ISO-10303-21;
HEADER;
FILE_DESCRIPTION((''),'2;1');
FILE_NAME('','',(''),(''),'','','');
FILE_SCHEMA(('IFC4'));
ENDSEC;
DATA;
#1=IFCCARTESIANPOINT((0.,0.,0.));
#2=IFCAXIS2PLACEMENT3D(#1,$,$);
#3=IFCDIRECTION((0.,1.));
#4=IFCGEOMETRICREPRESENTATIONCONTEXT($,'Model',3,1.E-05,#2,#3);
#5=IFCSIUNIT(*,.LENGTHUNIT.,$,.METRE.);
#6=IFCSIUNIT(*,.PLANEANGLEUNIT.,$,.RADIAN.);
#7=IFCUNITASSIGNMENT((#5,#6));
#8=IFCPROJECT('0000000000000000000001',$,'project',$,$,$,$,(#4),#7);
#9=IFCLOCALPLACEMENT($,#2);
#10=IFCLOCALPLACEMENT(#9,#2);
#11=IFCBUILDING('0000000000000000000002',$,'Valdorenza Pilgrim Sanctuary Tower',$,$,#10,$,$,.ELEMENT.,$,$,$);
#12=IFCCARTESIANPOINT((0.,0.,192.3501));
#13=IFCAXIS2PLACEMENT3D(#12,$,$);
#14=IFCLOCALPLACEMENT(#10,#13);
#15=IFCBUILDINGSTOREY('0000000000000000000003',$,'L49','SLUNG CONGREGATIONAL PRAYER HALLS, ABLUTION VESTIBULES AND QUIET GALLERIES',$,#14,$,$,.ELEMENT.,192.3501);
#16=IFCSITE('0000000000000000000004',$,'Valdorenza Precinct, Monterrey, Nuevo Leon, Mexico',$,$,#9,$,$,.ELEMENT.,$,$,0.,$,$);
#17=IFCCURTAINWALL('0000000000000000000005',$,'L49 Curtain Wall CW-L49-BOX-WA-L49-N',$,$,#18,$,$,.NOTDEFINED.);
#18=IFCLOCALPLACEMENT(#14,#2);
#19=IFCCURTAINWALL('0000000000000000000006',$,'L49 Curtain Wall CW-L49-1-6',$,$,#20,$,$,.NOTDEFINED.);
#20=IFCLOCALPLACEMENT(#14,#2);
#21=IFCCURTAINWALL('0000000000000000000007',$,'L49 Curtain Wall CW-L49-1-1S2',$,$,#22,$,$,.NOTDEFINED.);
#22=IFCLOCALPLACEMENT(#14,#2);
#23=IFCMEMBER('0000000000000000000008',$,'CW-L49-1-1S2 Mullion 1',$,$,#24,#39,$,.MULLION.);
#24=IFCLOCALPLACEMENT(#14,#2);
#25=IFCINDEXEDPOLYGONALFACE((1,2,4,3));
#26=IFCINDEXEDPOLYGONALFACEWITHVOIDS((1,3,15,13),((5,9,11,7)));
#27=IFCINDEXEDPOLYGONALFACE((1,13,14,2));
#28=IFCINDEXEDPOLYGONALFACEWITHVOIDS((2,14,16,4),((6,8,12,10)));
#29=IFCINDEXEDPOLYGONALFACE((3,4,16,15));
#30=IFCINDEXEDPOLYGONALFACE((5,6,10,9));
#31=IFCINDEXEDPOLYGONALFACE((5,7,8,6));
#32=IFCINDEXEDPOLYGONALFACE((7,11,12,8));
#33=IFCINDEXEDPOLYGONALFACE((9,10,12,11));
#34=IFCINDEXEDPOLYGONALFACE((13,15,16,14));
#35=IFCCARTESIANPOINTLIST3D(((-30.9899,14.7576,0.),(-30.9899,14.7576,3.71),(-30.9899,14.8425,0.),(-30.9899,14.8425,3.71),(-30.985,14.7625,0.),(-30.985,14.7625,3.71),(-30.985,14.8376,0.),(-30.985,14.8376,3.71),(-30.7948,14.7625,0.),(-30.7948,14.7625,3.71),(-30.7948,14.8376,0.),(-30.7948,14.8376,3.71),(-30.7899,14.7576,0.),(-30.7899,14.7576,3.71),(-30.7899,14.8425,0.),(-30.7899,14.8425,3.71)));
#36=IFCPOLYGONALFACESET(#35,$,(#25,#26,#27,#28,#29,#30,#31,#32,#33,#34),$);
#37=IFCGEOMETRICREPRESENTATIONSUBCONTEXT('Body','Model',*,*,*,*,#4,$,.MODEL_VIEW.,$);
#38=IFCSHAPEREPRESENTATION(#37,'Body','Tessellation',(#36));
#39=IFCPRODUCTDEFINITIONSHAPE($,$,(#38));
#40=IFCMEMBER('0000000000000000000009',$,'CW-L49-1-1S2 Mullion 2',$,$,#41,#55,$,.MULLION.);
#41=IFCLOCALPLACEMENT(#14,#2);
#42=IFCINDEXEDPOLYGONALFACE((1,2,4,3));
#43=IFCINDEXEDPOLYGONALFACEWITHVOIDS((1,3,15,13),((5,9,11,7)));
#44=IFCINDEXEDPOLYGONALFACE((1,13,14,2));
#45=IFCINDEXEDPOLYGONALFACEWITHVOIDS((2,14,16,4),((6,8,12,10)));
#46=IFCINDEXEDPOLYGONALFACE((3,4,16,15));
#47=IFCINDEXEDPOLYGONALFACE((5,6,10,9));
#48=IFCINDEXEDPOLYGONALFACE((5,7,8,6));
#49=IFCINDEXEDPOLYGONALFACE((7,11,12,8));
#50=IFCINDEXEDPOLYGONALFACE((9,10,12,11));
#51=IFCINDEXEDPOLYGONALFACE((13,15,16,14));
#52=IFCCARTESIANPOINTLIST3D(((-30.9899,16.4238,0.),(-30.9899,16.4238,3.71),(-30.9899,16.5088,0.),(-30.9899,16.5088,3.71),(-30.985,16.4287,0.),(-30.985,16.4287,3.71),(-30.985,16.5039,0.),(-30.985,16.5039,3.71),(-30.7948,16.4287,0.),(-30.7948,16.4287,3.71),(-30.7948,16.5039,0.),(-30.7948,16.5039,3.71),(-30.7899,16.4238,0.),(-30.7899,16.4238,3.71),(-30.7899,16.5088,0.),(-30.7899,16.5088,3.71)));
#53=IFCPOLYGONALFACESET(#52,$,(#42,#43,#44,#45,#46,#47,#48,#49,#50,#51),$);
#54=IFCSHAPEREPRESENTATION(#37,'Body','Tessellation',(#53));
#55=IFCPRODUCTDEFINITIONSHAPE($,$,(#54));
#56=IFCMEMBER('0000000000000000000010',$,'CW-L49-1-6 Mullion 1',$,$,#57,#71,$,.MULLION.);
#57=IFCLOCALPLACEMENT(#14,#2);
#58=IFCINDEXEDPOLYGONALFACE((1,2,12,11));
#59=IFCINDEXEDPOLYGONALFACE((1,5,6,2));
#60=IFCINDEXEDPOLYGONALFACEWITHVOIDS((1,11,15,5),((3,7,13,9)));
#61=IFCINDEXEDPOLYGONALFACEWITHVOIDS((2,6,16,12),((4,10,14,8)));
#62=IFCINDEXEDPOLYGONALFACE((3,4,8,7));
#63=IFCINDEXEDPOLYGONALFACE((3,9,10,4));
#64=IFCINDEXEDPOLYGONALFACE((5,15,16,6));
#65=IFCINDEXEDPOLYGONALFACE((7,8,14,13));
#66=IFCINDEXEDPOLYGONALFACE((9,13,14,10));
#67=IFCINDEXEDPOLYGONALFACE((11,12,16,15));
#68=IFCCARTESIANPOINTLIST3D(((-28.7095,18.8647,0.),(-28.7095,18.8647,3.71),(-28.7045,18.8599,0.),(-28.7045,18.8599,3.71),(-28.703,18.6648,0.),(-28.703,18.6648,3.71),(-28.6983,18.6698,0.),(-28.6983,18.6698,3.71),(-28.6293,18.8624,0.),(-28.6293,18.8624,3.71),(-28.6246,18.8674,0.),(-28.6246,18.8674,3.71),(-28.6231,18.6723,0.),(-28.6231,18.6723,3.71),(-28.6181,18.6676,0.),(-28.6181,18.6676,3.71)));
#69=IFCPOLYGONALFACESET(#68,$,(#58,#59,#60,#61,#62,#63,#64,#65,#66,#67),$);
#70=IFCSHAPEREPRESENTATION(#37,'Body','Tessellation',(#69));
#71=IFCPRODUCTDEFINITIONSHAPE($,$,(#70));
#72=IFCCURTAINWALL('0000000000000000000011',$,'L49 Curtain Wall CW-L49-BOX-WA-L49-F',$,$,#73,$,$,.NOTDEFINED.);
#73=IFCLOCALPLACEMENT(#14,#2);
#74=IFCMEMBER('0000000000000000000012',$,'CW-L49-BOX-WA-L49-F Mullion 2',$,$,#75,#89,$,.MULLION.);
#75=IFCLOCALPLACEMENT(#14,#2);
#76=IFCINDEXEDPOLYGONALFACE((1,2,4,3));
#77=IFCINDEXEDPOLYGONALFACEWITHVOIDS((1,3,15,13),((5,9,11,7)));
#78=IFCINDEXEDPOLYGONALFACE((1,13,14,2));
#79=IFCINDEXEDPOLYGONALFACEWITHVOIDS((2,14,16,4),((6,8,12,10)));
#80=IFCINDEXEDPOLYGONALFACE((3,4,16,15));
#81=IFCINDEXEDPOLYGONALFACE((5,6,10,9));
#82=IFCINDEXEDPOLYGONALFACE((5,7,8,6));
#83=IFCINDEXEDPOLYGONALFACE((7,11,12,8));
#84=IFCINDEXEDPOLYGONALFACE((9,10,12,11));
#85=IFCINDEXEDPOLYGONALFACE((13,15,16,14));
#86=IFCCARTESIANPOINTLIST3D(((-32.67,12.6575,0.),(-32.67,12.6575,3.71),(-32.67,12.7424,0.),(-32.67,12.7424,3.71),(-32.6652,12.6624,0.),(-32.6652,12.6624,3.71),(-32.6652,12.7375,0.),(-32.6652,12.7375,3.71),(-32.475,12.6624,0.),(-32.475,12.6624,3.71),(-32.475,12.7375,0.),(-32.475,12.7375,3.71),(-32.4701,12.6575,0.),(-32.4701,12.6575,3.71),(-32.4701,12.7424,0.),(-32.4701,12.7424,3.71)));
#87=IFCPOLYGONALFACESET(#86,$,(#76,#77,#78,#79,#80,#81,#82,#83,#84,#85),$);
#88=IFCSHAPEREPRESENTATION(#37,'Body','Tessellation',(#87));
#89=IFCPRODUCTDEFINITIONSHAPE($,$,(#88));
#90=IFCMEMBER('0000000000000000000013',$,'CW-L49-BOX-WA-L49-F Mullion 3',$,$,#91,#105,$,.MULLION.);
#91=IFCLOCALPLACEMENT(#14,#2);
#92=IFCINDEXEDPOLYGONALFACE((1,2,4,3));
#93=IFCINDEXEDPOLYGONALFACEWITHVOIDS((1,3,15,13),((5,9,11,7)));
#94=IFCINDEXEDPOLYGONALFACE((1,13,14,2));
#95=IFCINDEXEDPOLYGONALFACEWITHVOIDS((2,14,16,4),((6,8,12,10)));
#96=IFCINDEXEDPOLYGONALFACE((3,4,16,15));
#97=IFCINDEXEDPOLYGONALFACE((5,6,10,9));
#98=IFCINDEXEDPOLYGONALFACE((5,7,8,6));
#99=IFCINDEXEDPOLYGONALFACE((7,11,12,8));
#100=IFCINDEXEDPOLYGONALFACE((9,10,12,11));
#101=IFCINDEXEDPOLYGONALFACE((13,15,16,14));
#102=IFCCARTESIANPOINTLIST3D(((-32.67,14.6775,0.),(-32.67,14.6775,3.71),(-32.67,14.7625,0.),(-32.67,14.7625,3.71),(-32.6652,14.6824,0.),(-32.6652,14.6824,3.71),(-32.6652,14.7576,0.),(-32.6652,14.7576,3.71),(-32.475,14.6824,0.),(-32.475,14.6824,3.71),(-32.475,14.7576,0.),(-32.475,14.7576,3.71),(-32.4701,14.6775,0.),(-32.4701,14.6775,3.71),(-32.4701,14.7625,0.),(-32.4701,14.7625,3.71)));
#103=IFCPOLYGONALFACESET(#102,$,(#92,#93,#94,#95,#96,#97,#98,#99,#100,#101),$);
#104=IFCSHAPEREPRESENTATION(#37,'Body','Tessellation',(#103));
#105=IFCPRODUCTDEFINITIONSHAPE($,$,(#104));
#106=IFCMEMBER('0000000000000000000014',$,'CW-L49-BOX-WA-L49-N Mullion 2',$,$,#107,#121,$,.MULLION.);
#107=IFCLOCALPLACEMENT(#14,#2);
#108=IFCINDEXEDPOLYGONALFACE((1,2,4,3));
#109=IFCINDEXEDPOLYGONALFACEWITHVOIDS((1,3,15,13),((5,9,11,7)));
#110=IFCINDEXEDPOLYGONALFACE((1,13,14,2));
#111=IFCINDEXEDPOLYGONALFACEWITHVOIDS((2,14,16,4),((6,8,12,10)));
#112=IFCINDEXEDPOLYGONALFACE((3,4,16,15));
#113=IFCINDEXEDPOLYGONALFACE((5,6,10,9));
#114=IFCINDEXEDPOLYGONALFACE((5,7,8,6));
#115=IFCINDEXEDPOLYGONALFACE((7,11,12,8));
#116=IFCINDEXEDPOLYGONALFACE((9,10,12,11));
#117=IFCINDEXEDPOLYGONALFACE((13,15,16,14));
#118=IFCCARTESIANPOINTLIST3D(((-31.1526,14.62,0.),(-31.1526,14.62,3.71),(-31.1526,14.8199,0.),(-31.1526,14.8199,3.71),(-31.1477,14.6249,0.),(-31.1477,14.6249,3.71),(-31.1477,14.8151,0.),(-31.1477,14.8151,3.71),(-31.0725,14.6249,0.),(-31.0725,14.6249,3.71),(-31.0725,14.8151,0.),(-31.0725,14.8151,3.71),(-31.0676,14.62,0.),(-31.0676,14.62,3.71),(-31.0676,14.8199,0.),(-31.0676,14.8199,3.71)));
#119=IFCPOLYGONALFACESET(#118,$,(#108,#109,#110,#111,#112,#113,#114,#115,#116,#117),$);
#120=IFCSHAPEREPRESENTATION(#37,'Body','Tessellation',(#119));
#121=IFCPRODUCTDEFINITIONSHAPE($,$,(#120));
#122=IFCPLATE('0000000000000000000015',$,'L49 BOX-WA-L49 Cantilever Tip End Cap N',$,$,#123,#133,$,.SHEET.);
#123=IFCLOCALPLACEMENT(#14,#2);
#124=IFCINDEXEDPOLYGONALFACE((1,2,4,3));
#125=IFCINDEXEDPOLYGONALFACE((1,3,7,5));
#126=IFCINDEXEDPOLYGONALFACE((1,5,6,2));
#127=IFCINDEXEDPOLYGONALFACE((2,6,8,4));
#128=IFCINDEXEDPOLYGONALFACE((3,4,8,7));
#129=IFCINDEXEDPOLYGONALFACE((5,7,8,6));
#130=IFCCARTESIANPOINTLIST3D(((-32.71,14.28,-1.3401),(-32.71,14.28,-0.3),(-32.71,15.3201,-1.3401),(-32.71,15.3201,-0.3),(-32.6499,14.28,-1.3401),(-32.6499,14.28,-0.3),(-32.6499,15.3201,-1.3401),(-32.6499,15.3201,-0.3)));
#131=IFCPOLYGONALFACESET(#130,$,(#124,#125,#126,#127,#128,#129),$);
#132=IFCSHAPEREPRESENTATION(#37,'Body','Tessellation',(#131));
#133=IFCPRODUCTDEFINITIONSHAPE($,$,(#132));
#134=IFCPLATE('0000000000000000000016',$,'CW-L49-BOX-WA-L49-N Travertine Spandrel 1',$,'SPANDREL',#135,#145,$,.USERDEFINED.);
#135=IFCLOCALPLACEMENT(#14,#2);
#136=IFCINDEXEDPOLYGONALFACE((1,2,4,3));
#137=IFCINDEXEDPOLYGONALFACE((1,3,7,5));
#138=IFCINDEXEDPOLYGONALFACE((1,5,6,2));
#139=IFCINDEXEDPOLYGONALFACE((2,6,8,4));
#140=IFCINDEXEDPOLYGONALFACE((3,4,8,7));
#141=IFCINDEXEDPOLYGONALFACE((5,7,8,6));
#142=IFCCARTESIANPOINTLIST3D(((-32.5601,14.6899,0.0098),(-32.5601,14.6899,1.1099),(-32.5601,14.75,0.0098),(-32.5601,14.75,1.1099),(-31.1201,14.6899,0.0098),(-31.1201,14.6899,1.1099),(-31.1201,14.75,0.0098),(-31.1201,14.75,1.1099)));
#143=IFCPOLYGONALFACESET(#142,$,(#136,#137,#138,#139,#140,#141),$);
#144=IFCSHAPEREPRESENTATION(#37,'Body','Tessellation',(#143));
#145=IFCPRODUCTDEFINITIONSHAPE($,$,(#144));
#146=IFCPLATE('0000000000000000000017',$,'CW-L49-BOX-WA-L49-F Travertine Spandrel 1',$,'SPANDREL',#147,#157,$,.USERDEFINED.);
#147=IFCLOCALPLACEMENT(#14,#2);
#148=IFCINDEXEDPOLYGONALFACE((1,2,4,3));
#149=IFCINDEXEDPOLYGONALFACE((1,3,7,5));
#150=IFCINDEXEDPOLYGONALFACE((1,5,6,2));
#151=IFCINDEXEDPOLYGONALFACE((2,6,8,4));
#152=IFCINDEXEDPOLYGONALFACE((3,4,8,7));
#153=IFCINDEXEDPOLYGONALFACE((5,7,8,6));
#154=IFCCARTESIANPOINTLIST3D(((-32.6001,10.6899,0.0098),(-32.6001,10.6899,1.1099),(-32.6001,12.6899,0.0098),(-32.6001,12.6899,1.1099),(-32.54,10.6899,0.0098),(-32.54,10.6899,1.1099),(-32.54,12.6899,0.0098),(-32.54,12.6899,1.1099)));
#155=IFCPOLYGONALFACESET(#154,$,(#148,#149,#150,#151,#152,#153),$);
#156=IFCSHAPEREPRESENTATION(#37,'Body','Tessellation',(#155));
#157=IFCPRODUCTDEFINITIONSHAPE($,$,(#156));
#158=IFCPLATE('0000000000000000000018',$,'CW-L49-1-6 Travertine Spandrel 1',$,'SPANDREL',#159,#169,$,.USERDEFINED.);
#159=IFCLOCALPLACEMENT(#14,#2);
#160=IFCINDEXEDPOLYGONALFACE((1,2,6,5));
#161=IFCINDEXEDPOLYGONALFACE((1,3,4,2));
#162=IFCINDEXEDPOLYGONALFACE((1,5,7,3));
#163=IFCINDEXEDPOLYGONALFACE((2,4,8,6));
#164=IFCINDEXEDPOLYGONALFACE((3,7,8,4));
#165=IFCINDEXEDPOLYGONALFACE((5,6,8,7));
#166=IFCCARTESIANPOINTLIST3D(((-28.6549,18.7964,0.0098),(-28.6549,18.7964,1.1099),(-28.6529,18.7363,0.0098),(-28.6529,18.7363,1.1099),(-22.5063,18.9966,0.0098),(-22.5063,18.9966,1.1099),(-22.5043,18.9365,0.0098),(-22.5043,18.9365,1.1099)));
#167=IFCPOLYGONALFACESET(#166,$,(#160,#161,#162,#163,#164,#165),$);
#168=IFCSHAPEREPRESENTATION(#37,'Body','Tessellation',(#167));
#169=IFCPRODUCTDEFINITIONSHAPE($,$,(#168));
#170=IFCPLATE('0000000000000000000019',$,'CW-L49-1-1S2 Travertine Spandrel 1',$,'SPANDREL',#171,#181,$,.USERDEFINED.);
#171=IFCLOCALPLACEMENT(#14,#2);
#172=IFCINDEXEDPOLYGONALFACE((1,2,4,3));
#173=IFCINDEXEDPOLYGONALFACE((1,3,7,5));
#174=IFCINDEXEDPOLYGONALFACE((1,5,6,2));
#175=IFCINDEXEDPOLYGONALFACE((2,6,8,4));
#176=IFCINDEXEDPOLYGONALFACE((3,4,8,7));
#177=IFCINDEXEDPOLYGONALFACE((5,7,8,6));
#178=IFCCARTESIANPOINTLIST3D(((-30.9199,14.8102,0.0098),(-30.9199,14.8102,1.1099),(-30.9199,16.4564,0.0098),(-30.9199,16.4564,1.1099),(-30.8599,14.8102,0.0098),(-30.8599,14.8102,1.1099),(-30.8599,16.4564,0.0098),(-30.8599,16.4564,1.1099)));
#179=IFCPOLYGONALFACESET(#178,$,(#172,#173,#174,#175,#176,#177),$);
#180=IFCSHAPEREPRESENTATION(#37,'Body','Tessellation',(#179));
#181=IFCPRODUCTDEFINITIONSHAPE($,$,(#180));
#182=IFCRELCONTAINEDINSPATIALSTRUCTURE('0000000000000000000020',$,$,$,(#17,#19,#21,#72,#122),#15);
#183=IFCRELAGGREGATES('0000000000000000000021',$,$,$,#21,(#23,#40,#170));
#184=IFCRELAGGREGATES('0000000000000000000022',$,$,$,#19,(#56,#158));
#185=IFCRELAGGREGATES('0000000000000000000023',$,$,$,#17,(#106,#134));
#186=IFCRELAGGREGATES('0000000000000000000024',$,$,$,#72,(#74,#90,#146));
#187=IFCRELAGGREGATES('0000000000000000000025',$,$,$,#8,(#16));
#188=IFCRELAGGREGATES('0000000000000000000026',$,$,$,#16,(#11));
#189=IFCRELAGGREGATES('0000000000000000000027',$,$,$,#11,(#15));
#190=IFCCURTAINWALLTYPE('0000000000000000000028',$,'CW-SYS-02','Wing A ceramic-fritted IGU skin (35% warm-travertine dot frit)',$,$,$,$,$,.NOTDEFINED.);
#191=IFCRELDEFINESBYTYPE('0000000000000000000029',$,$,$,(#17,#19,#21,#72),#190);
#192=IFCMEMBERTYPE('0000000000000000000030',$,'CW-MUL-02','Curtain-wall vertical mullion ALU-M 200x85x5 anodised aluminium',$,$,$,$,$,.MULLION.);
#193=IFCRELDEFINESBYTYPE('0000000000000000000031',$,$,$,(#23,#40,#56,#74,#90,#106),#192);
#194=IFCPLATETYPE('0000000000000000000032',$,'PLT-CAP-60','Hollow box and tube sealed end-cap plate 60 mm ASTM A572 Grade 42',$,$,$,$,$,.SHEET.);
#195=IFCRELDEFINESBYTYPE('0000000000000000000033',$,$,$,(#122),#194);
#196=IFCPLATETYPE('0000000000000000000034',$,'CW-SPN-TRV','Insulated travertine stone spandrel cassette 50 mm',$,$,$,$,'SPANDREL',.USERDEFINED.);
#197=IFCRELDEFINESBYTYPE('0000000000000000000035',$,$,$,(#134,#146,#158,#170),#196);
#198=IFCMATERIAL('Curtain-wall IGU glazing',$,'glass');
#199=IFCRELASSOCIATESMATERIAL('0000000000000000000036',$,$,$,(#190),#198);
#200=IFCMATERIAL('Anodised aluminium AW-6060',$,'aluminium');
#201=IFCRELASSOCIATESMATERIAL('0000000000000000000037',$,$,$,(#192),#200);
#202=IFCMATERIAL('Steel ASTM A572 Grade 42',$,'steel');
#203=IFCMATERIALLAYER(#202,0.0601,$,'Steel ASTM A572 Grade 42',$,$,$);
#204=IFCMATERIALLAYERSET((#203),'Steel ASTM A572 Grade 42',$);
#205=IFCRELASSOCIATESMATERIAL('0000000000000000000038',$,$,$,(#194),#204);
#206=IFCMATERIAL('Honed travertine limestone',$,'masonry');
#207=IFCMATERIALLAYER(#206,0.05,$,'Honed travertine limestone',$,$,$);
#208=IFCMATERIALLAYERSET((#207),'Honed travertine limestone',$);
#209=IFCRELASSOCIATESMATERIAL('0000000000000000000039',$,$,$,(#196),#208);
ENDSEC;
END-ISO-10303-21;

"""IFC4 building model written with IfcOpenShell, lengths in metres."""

from ifc_helpers import new_model, si_unit, direction, frame, origin, origin_2d, place, context, subcontext, project, spatial, rectangle, hollow_rectangle, extrude, source, transform, mapped, material, layer, layer_set, material_profile, profile_set, type_object, element, aggregate, save


model = new_model("IFC4")

# Units and contexts
model_context = context("Model", 3, precision=1e-05, world=origin(), true_north=direction((0.0, 1.0)))
body_context = subcontext(model_context, "Body", "Model", "MODEL_VIEW")
ifc_project = project(units=[si_unit("LENGTHUNIT", "METRE"), si_unit("PLANEANGLEUNIT", "RADIAN")], contexts=[model_context])

# Site, building, storey
site_placement = place(None, origin())
site = spatial("IfcSite", under=ifc_project, at=site_placement, Name="Valdorenza Precinct, Monterrey, Nuevo Leon, Mexico", CompositionType="ELEMENT", RefElevation=0.0)
building_placement = place(site_placement, origin())
building = spatial("IfcBuilding", under=site, at=building_placement, Name="Valdorenza Pilgrim Sanctuary Tower", CompositionType="ELEMENT")
storey_placement = place(building_placement, frame((0.0, 0.0, 192.3501)))
storey = spatial("IfcBuildingStorey", under=building, at=storey_placement, Name="L49", Description="SLUNG CONGREGATIONAL PRAYER HALLS, ABLUTION VESTIBULES AND QUIET GALLERIES", CompositionType="ELEMENT", Elevation=192.3501)

# Shared definitions
ifc_material_1 = material(Name="Steel ASTM A572 Grade 42", Category="steel")

# Curtain walls
ifc_material_2 = material(Name="Curtain-wall IGU glazing", Category="glass")
curtain_wall_type = type_object("IfcCurtainWallType", Name="CW-SYS-02", Description="Wing A ceramic-fritted IGU skin (35% warm-travertine dot frit)", PredefinedType="NOTDEFINED", material=ifc_material_2)
curtain_wall_1_placement = place(storey_placement, origin())
curtain_wall_1 = element("IfcCurtainWall", 1, at=curtain_wall_1_placement, inside=storey, type_object=curtain_wall_type, Name="L49 Curtain Wall CW-L49-BOX-WA-L49-N", PredefinedType="NOTDEFINED")
ifc_material_3 = material(Name="Anodised aluminium AW-6060", Category="aluminium")
curtain_wall_2_placement = place(storey_placement, origin())
curtain_wall_2 = element("IfcCurtainWall", 2, at=curtain_wall_2_placement, inside=storey, type_object=curtain_wall_type, Name="L49 Curtain Wall CW-L49-1-6", PredefinedType="NOTDEFINED")

# Curtain wall, members
curtain_wall_3_placement = place(storey_placement, origin())
curtain_wall_3 = element("IfcCurtainWall", 3, at=curtain_wall_3_placement, inside=storey, type_object=curtain_wall_type, Name="L49 Curtain Wall CW-L49-1-1S2", PredefinedType="NOTDEFINED")
ifc_material_profile_1 = material_profile(ifc_material_3, hollow_rectangle(XDim=0.085, YDim=0.2, WallThickness=0.0049, at=origin_2d()), Name="ALU-M 200x85x5")
ifc_profile_set_1 = profile_set([ifc_material_profile_1], Name="Anodised aluminium AW-6060")
member_type_1 = type_object("IfcMemberType", Name="CW-MUL-02", Description="Curtain-wall vertical mullion ALU-M 200x85x5 anodised aluminium", PredefinedType="MULLION", material=ifc_profile_set_1)
shared_shape_1 = source(origin(), body_context, "Body", "SweptSolid", [
    extrude(hollow_rectangle(XDim=0.085, YDim=0.2, WallThickness=0.0049, at=origin_2d()), origin(), (0.0, 0.0, 1.0), 3.71),
])
member_1_placement = place(storey_placement, frame((-30.8899, 14.8, 0.0), z_axis=(0.0, 0.0, 1.0), x_axis=(0.0, 1.0, 0.0)))
member_1 = element("IfcMember", 4, at=member_1_placement, type_object=member_type_1, Name="CW-L49-1-1S2 Mullion 1", PredefinedType="MULLION", context=body_context, shape_type="MappedRepresentation", body=[
    mapped(shared_shape_1, transform((0.0, 0.0, 0.0), x_axis=(1.0, 0.0, 0.0), y_axis=(0.0, 1.0, 0.0), z_axis=(0.0, 0.0, 1.0), scale=1.0)),
])
member_2_placement = place(storey_placement, frame((-30.8899, 16.4663, 0.0), z_axis=(0.0, 0.0, 1.0), x_axis=(0.0, 1.0, 0.0)))
member_2 = element("IfcMember", 5, at=member_2_placement, type_object=member_type_1, Name="CW-L49-1-1S2 Mullion 2", PredefinedType="MULLION", context=body_context, shape_type="MappedRepresentation", body=[
    mapped(shared_shape_1, transform((0.0, 0.0, 0.0), x_axis=(1.0, 0.0, 0.0), y_axis=(0.0, 1.0, 0.0), z_axis=(0.0, 0.0, 1.0), scale=1.0)),
])

# Member
member_3_placement = place(storey_placement, frame((-28.6638, 18.7661, 0.0), z_axis=(0.0, 0.0, 1.0), x_axis=(0.99947, 0.032545, 0.0)))
member_3 = element("IfcMember", 6, at=member_3_placement, type_object=member_type_1, Name="CW-L49-1-6 Mullion 1", PredefinedType="MULLION", context=body_context, shape_type="MappedRepresentation", body=[
    mapped(shared_shape_1, transform((0.0, 0.0, 0.0), x_axis=(1.0, 0.0, 0.0), y_axis=(0.0, 1.0, 0.0), z_axis=(0.0, 0.0, 1.0), scale=1.0)),
])

# Curtain wall, members
curtain_wall_4_placement = place(storey_placement, origin())
curtain_wall_4 = element("IfcCurtainWall", 7, at=curtain_wall_4_placement, inside=storey, type_object=curtain_wall_type, Name="L49 Curtain Wall CW-L49-BOX-WA-L49-F", PredefinedType="NOTDEFINED")
member_4_placement = place(storey_placement, frame((-32.5701, 12.7, 0.0), z_axis=(0.0, 0.0, 1.0), x_axis=(0.0, 1.0, 0.0)))
member_4 = element("IfcMember", 8, at=member_4_placement, type_object=member_type_1, Name="CW-L49-BOX-WA-L49-F Mullion 2", PredefinedType="MULLION", context=body_context, shape_type="MappedRepresentation", body=[
    mapped(shared_shape_1, transform((0.0, 0.0, 0.0), x_axis=(1.0, 0.0, 0.0), y_axis=(0.0, 1.0, 0.0), z_axis=(0.0, 0.0, 1.0), scale=1.0)),
])
member_5_placement = place(storey_placement, frame((-32.5701, 14.72, 0.0), z_axis=(0.0, 0.0, 1.0), x_axis=(0.0, 1.0, 0.0)))
member_5 = element("IfcMember", 9, at=member_5_placement, type_object=member_type_1, Name="CW-L49-BOX-WA-L49-F Mullion 3", PredefinedType="MULLION", context=body_context, shape_type="MappedRepresentation", body=[
    mapped(shared_shape_1, transform((0.0, 0.0, 0.0), x_axis=(1.0, 0.0, 0.0), y_axis=(0.0, 1.0, 0.0), z_axis=(0.0, 0.0, 1.0), scale=1.0)),
])

# Member
member_6_placement = place(storey_placement, frame((-31.1101, 14.72, 0.0), z_axis=(0.0, 0.0, 1.0), x_axis=(1.0, 0.0, 0.0)))
member_6 = element("IfcMember", 10, at=member_6_placement, type_object=member_type_1, Name="CW-L49-BOX-WA-L49-N Mullion 2", PredefinedType="MULLION", context=body_context, shape_type="MappedRepresentation", body=[
    mapped(shared_shape_1, transform((0.0, 0.0, 0.0), x_axis=(1.0, 0.0, 0.0), y_axis=(0.0, 1.0, 0.0), z_axis=(0.0, 0.0, 1.0), scale=1.0)),
])

# Plates
ifc_layer_1 = layer(ifc_material_1, 0.0601, Name="Steel ASTM A572 Grade 42")
ifc_layer_set_1 = layer_set([ifc_layer_1], Name="Steel ASTM A572 Grade 42")
plate_type_1 = type_object("IfcPlateType", Name="PLT-CAP-60", Description="Hollow box and tube sealed end-cap plate 60 mm ASTM A572 Grade 42", PredefinedType="SHEET", material=ifc_layer_set_1)
shared_shape_2 = source(origin(), body_context, "Body", "SweptSolid", [
    extrude(rectangle(XDim=0.0601, YDim=1.04, at=origin_2d()), origin(), (0.0, 0.0, 1.0), 1.04),
])
plate_1_placement = place(storey_placement, frame((-32.6799, 14.8, -1.3401), z_axis=(0.0, 0.0, 1.0), x_axis=(1.0, 0.0, 0.0)))
element("IfcPlate", 11, at=plate_1_placement, inside=storey, type_object=plate_type_1, Name="L49 BOX-WA-L49 Cantilever Tip End Cap N", PredefinedType="SHEET", context=body_context, shape_type="MappedRepresentation", body=[
    mapped(shared_shape_2, transform((0.0, 0.0, 0.0), x_axis=(1.0, 0.0, 0.0), y_axis=(0.0, 1.0, 0.0), z_axis=(0.0, 0.0, 1.0), scale=1.0)),
])
ifc_material_4 = material(Name="Honed travertine limestone", Category="masonry")
ifc_layer_2 = layer(ifc_material_4, 0.05, Name="Honed travertine limestone")
ifc_layer_set_2 = layer_set([ifc_layer_2], Name="Honed travertine limestone")
plate_type_2 = type_object("IfcPlateType", Name="CW-SPN-TRV", Description="Insulated travertine stone spandrel cassette 50 mm", ElementType="SPANDREL", PredefinedType="USERDEFINED", material=ifc_layer_set_2)
shared_shape_3 = source(origin(), body_context, "Body", "SweptSolid", [
    extrude(rectangle(XDim=1.4399, YDim=0.0601, at=origin_2d()), origin(), (0.0, 0.0, 1.0), 1.1001),
])
plate_2_placement = place(storey_placement, frame((-31.8401, 14.72, 0.0098), z_axis=(0.0, 0.0, 1.0), x_axis=(1.0, 0.0, 0.0)))
plate_2 = element("IfcPlate", 12, at=plate_2_placement, type_object=plate_type_2, Name="CW-L49-BOX-WA-L49-N Travertine Spandrel 1", ObjectType="SPANDREL", PredefinedType="USERDEFINED", context=body_context, shape_type="MappedRepresentation", body=[
    mapped(shared_shape_3, transform((0.0, 0.0, 0.0), x_axis=(1.0, 0.0, 0.0), y_axis=(0.0, 1.0, 0.0), z_axis=(0.0, 0.0, 1.0), scale=1.0)),
])
shared_shape_4 = source(origin(), body_context, "Body", "SweptSolid", [
    extrude(rectangle(XDim=2.0, YDim=0.0601, at=origin_2d()), origin(), (0.0, 0.0, 1.0), 1.1001),
])
plate_3_placement = place(storey_placement, frame((-32.5701, 11.6899, 0.0098), z_axis=(0.0, 0.0, 1.0), x_axis=(0.0, 1.0, 0.0)))
plate_3 = element("IfcPlate", 13, at=plate_3_placement, type_object=plate_type_2, Name="CW-L49-BOX-WA-L49-F Travertine Spandrel 1", ObjectType="SPANDREL", PredefinedType="USERDEFINED", context=body_context, shape_type="MappedRepresentation", body=[
    mapped(shared_shape_4, transform((0.0, 0.0, 0.0), x_axis=(1.0, 0.0, 0.0), y_axis=(0.0, 1.0, 0.0), z_axis=(0.0, 0.0, 1.0), scale=1.0)),
])
shared_shape_5 = source(origin(), body_context, "Body", "SweptSolid", [
    extrude(rectangle(XDim=6.1519, YDim=0.0601, at=origin_2d()), origin(), (0.0, 0.0, 1.0), 1.1001),
])
plate_4_placement = place(storey_placement, frame((-25.5796, 18.8665, 0.0098), z_axis=(0.0, 0.0, 1.0), x_axis=(0.99947, 0.032545, 0.0)))
plate_4 = element("IfcPlate", 14, at=plate_4_placement, type_object=plate_type_2, Name="CW-L49-1-6 Travertine Spandrel 1", ObjectType="SPANDREL", PredefinedType="USERDEFINED", context=body_context, shape_type="MappedRepresentation", body=[
    mapped(shared_shape_5, transform((0.0, 0.0, 0.0), x_axis=(1.0, 0.0, 0.0), y_axis=(0.0, 1.0, 0.0), z_axis=(0.0, 0.0, 1.0), scale=1.0)),
])
shared_shape_6 = source(origin(), body_context, "Body", "SweptSolid", [
    extrude(rectangle(XDim=1.6462, YDim=0.0601, at=origin_2d()), origin(), (0.0, 0.0, 1.0), 1.1001),
])
plate_5_placement = place(storey_placement, frame((-30.8899, 15.6333, 0.0098), z_axis=(0.0, 0.0, 1.0), x_axis=(0.0, 1.0, 0.0)))
plate_5 = element("IfcPlate", 15, at=plate_5_placement, type_object=plate_type_2, Name="CW-L49-1-1S2 Travertine Spandrel 1", ObjectType="SPANDREL", PredefinedType="USERDEFINED", context=body_context, shape_type="MappedRepresentation", body=[
    mapped(shared_shape_6, transform((0.0, 0.0, 0.0), x_axis=(1.0, 0.0, 0.0), y_axis=(0.0, 1.0, 0.0), z_axis=(0.0, 0.0, 1.0), scale=1.0)),
])
aggregate(curtain_wall_3, [member_1, member_2, plate_5])
aggregate(curtain_wall_2, [member_3, plate_4])
aggregate(curtain_wall_1, [member_6, plate_2])
aggregate(curtain_wall_4, [member_4, member_5, plate_3])

save(model, "model.ifc")
